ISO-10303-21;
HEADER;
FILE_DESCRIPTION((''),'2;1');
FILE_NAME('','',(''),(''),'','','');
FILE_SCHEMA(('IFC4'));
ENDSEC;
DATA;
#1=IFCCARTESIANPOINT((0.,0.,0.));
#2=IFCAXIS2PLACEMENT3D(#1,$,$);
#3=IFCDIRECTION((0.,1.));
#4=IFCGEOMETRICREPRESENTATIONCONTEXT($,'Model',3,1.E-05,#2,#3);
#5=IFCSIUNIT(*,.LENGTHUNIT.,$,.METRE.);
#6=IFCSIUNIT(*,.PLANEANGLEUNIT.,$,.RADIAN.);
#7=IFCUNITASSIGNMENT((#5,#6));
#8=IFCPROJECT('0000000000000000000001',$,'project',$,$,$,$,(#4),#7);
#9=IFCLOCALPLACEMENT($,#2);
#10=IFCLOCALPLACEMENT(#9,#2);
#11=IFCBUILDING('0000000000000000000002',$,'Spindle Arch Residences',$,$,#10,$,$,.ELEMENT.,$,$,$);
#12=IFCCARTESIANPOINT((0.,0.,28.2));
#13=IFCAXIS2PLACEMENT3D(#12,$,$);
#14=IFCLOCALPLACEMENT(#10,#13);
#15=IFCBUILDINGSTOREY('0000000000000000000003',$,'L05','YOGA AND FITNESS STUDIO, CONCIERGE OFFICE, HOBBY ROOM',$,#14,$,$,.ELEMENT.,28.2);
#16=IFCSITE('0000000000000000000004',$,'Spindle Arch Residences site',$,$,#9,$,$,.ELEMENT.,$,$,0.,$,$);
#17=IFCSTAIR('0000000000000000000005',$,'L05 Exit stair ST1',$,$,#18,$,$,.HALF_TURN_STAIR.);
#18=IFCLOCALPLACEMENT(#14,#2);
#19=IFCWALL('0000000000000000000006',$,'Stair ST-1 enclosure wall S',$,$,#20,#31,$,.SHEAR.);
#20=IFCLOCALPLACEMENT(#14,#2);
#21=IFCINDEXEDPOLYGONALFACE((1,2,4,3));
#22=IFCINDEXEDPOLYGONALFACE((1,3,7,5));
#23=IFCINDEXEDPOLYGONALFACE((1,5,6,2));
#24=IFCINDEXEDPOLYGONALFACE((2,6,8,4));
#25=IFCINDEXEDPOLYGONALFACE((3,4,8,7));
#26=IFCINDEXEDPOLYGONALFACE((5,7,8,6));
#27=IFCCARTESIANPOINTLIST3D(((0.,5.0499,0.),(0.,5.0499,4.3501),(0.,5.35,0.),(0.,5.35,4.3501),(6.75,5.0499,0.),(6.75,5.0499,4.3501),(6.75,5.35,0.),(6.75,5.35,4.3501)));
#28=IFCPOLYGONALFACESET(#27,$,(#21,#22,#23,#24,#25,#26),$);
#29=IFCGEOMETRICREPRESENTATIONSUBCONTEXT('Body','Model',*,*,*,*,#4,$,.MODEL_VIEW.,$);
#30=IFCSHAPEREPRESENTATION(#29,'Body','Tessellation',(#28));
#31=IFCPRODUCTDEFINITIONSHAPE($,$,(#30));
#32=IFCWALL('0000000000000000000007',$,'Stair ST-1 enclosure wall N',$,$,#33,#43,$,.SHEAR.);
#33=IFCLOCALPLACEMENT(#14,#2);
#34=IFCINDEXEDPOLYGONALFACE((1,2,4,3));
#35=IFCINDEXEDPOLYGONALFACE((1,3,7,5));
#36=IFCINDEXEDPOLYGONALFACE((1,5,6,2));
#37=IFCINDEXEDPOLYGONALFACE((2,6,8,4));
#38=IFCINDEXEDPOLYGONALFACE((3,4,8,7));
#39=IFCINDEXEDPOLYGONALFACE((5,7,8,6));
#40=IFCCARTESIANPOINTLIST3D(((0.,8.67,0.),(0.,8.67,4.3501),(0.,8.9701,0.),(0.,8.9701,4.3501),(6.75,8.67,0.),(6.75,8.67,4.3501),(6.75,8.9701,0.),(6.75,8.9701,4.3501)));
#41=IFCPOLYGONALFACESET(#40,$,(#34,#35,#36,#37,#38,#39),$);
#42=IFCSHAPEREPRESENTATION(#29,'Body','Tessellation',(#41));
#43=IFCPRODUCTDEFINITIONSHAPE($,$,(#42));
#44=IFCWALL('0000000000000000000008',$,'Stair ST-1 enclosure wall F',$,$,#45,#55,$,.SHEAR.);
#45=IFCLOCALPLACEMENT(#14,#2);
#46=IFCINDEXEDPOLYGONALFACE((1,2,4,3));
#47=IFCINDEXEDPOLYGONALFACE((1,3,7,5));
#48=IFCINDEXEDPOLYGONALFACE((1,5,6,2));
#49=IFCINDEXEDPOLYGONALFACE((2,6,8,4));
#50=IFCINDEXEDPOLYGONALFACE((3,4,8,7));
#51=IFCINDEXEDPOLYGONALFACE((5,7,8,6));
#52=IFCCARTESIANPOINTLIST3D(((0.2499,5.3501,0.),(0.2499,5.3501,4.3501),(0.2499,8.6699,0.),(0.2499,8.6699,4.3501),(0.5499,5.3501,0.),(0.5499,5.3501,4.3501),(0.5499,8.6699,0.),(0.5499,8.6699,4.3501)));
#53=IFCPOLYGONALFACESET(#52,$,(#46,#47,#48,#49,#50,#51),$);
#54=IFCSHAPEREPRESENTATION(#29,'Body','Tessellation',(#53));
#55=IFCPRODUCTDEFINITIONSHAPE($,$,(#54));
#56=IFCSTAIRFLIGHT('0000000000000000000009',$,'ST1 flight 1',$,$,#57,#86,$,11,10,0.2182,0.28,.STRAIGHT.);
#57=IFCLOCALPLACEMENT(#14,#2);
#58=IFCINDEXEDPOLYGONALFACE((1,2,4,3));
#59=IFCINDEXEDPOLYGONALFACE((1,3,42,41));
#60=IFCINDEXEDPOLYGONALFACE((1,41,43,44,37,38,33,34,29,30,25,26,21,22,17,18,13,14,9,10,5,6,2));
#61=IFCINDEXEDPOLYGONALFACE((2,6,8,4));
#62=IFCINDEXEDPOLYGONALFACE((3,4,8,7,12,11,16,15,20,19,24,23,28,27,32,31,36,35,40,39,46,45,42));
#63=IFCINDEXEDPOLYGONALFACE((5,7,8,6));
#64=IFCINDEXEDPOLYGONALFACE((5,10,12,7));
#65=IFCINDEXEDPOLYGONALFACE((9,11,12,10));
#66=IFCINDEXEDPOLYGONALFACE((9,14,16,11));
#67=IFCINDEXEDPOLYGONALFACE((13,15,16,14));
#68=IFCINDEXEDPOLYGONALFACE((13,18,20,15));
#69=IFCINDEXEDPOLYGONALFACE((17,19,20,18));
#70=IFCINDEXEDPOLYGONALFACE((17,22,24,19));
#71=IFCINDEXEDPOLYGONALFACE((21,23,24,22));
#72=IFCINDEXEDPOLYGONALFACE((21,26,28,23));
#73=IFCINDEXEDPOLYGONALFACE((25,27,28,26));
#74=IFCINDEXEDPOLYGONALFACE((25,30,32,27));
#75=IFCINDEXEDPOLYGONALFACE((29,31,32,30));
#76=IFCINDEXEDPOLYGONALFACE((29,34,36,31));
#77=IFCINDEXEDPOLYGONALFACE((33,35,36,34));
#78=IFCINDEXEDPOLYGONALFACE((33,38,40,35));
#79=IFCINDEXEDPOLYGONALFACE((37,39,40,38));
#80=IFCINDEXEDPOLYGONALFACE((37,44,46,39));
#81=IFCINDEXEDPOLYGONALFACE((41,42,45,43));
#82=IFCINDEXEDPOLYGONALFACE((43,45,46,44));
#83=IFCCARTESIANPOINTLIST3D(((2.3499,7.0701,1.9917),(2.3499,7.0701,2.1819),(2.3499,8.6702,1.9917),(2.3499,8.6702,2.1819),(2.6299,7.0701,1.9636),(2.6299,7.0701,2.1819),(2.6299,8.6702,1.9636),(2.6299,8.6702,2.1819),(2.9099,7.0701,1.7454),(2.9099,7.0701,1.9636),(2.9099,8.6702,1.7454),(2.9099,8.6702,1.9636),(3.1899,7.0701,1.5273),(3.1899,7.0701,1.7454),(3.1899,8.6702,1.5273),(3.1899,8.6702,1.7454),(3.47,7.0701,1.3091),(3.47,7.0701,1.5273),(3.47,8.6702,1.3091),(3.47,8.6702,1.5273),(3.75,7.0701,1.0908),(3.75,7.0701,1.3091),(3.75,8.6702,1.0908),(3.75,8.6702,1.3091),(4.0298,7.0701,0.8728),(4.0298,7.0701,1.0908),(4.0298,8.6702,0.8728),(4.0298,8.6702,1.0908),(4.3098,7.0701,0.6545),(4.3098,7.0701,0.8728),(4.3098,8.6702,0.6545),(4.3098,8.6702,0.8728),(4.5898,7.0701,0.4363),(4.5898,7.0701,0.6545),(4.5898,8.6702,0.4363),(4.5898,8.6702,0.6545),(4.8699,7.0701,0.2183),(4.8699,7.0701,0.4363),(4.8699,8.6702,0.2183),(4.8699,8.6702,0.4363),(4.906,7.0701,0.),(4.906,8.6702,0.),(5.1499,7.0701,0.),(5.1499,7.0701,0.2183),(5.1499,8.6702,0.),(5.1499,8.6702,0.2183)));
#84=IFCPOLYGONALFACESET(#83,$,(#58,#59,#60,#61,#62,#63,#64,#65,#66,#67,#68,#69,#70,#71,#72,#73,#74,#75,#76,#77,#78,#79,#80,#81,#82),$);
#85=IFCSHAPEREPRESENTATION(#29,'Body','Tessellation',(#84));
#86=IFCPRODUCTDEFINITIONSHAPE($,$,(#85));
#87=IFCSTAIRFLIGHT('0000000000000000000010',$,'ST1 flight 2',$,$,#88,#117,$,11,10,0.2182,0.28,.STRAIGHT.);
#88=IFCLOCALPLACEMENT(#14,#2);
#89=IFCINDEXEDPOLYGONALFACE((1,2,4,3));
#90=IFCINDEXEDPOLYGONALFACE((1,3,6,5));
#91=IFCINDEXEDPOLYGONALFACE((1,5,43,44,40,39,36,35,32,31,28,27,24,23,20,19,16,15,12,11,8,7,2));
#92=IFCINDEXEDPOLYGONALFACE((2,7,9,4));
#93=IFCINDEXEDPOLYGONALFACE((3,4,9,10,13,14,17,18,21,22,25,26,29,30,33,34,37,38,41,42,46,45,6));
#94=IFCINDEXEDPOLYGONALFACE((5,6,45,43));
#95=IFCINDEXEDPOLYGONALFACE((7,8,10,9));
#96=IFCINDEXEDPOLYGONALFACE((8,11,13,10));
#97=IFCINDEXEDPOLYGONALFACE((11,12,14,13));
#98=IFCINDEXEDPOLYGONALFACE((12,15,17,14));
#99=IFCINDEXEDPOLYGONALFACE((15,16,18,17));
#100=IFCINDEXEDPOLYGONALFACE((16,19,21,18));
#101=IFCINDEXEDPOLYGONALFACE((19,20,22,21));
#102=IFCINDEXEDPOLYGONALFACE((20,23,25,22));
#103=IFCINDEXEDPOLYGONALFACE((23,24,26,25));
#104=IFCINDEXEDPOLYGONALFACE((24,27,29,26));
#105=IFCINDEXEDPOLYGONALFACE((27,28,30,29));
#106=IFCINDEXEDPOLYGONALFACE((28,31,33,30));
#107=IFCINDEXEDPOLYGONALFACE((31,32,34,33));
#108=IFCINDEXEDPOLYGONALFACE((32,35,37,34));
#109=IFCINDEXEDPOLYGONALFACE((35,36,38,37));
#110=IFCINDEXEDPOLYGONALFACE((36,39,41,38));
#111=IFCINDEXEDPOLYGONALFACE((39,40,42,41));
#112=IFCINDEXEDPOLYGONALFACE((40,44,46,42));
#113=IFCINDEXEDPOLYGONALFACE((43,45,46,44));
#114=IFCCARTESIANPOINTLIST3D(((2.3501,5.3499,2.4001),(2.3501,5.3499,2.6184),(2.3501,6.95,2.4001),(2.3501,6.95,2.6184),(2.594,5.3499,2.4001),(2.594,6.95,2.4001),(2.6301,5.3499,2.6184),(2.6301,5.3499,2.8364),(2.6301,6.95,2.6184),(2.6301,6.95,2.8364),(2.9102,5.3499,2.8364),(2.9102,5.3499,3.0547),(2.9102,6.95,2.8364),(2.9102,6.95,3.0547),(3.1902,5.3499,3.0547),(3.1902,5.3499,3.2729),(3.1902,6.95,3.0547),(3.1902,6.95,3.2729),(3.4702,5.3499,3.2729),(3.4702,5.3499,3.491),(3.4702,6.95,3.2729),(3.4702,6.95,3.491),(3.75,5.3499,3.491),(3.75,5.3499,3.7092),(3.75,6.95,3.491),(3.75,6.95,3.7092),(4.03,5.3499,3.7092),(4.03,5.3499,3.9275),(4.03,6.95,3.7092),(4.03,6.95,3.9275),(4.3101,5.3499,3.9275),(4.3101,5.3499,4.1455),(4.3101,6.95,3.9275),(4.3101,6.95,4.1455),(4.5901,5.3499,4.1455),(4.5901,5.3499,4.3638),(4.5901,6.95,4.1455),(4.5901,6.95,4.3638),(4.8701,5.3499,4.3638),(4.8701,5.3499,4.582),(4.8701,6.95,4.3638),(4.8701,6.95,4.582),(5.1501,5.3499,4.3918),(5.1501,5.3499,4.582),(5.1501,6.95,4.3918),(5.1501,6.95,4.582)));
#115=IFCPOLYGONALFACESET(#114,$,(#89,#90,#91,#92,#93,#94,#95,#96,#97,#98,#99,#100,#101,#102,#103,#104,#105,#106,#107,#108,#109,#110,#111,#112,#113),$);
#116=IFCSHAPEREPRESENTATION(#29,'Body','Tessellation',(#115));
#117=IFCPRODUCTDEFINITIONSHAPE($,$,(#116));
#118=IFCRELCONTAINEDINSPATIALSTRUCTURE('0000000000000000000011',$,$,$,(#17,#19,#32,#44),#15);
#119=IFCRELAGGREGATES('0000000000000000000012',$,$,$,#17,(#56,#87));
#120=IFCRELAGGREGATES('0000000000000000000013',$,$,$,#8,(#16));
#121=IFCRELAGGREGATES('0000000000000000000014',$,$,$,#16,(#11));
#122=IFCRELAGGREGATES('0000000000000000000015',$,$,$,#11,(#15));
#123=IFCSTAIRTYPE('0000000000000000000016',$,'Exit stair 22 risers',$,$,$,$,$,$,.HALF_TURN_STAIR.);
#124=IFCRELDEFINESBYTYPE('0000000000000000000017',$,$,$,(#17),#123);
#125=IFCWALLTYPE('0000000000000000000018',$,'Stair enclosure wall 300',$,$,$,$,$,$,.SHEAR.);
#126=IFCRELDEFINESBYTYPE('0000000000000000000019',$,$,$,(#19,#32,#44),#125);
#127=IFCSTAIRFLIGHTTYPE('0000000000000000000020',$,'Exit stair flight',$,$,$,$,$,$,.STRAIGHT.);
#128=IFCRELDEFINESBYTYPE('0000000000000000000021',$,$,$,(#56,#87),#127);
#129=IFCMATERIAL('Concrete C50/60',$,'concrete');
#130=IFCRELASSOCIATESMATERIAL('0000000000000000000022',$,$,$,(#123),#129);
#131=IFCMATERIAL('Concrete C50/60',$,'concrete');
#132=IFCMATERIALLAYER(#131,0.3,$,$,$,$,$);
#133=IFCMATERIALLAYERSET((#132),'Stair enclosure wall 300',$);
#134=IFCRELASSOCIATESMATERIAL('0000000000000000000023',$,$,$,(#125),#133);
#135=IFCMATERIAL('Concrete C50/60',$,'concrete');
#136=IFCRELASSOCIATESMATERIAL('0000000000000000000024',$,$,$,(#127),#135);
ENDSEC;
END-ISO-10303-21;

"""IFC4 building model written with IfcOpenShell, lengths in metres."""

from ifc_helpers import new_model, si_unit, direction, frame, frame_2d, origin, place, context, subcontext, project, spatial, polyline, rectangle, outline, extrude, material, layer, layer_set, type_object, element, aggregate, save


model = new_model("IFC4")

# Units and contexts
model_context = context("Model", 3, precision=1e-05, world=origin(), true_north=direction((0.0, 1.0)))
body_context = subcontext(model_context, "Body", "Model", "MODEL_VIEW")
ifc_project = project(units=[si_unit("LENGTHUNIT", "METRE"), si_unit("PLANEANGLEUNIT", "RADIAN")], contexts=[model_context])

# Site, building, storey
site_placement = place(None, origin())
site = spatial("IfcSite", under=ifc_project, at=site_placement, Name="Spindle Arch Residences site", CompositionType="ELEMENT", RefElevation=0.0)
building_placement = place(site_placement, origin())
building = spatial("IfcBuilding", under=site, at=building_placement, Name="Spindle Arch Residences", CompositionType="ELEMENT")
storey_placement = place(building_placement, frame((0.0, 0.0, 28.2)))
storey = spatial("IfcBuildingStorey", under=building, at=storey_placement, Name="L05", Description="YOGA AND FITNESS STUDIO, CONCIERGE OFFICE, HOBBY ROOM", CompositionType="ELEMENT", Elevation=28.2)

# Stair
ifc_material_1 = material(Name="Concrete C50/60", Category="concrete")
stair_type = type_object("IfcStairType", Name="Exit stair 22 risers", PredefinedType="HALF_TURN_STAIR", material=ifc_material_1)
stair_1_placement = place(storey_placement, origin())
stair_1 = element("IfcStair", 1, at=stair_1_placement, inside=storey, type_object=stair_type, Name="L05 Exit stair ST1", PredefinedType="HALF_TURN_STAIR")

# Walls
ifc_material_2 = material(Name="Concrete C50/60", Category="concrete")
ifc_layer_1 = layer(ifc_material_2, 0.3)
ifc_layer_set_1 = layer_set([ifc_layer_1], Name="Stair enclosure wall 300")
wall_type_1 = type_object("IfcWallType", Name="Stair enclosure wall 300", PredefinedType="SHEAR", material=ifc_layer_set_1)
for number, where, z_axis, x_axis, name in (
    (2, (0.0, 5.2, 0.0), (0.0, 0.0, 1.0), (1.0, 0.0, 0.0), "Stair ST-1 enclosure wall S"),
    (3, (0.0, 8.8201, 0.0), (0.0, 0.0, 1.0), (1.0, 0.0, 0.0), "Stair ST-1 enclosure wall N"),
):
    element("IfcWall", number, at=place(storey_placement, frame(where, z_axis=z_axis, x_axis=x_axis)), inside=storey, type_object=wall_type_1, Name=name, PredefinedType="SHEAR", context=body_context, shape_type="SweptSolid", body=[
        extrude(rectangle(XDim=6.75, YDim=0.3, at=frame_2d((3.375, 0.0))), origin(), (0.0, 0.0, 1.0), 4.3501),
    ])
wall_1_placement = place(storey_placement, frame((0.3999, 5.3501, 0.0), z_axis=(0.0, 0.0, 1.0), x_axis=(0.0, 1.0, 0.0)))
element("IfcWall", 4, at=wall_1_placement, inside=storey, type_object=wall_type_1, Name="Stair ST-1 enclosure wall F", PredefinedType="SHEAR", context=body_context, shape_type="SweptSolid", body=[
    extrude(rectangle(XDim=3.3198, YDim=0.3, at=frame_2d((1.6599, 0.0))), origin(), (0.0, 0.0, 1.0), 4.3501),
])

# Stair flights
ifc_material_3 = material(Name="Concrete C50/60", Category="concrete")
stair_flight_type = type_object("IfcStairFlightType", Name="Exit stair flight", PredefinedType="STRAIGHT", material=ifc_material_3)
stair_flight_1_placement = place(storey_placement, frame((5.1499, 7.8701, 0.0), z_axis=(0.0, 0.0, 1.0), x_axis=(-1.0, 0.0, 0.0)))
stair_flight_1 = element("IfcStairFlight", 5, at=stair_flight_1_placement, type_object=stair_flight_type, Name="ST1 flight 1", NumberOfRisers=11, NumberOfTreads=10, PredefinedType="STRAIGHT", RiserHeight=0.2182, TreadLength=0.28, context=body_context, shape_type="SweptSolid", body=[
    extrude(outline(polyline([(0.0, 0.0), (0.0, 0.2183), (0.28, 0.2183), (0.28, 0.4363), (0.5601, 0.4363), (0.5601, 0.6545), (0.8401, 0.6545), (0.8401, 0.8728), (1.1201, 0.8728), (1.1201, 1.0908), (1.3999, 1.0908), (1.3999, 1.3091), (1.6799, 1.3091), (1.6799, 1.5273), (1.96, 1.5273), (1.96, 1.7454), (2.24, 1.7454), (2.24, 1.9636), (2.52, 1.9636), (2.52, 2.1819), (2.8, 2.1819), (2.8, 2.3999), (2.8, 1.9917), (0.2439, 0.0), (0.0, 0.0)])), frame((0.0, 0.8, 0.0), z_axis=(0.0, -1.0, 0.0), x_axis=(1.0, 0.0, 0.0)), (0.0, 0.0, 1.0), 1.6001),
])
stair_flight_2_placement = place(storey_placement, frame((2.3501, 6.1499, 2.4001), z_axis=(0.0, 0.0, 1.0), x_axis=(1.0, 0.0, 0.0)))
stair_flight_2 = element("IfcStairFlight", 6, at=stair_flight_2_placement, type_object=stair_flight_type, Name="ST1 flight 2", NumberOfRisers=11, NumberOfTreads=10, PredefinedType="STRAIGHT", RiserHeight=0.2182, TreadLength=0.28, context=body_context, shape_type="SweptSolid", body=[
    extrude(outline(polyline([(0.0, 0.0), (0.0, 0.2183), (0.28, 0.2183), (0.28, 0.4363), (0.5601, 0.4363), (0.5601, 0.6545), (0.8401, 0.6545), (0.8401, 0.8728), (1.1201, 0.8728), (1.1201, 1.0908), (1.3999, 1.0908), (1.3999, 1.3091), (1.6799, 1.3091), (1.6799, 1.5273), (1.96, 1.5273), (1.96, 1.7454), (2.24, 1.7454), (2.24, 1.9636), (2.52, 1.9636), (2.52, 2.1819), (2.8, 2.1819), (2.8, 2.3999), (2.8, 1.9917), (0.2439, 0.0), (0.0, 0.0)])), frame((0.0, 0.8, 0.0), z_axis=(0.0, -1.0, 0.0), x_axis=(1.0, 0.0, 0.0)), (0.0, 0.0, 1.0), 1.6001),
])
aggregate(stair_1, [stair_flight_1, stair_flight_2])

save(model, "model.ifc")
